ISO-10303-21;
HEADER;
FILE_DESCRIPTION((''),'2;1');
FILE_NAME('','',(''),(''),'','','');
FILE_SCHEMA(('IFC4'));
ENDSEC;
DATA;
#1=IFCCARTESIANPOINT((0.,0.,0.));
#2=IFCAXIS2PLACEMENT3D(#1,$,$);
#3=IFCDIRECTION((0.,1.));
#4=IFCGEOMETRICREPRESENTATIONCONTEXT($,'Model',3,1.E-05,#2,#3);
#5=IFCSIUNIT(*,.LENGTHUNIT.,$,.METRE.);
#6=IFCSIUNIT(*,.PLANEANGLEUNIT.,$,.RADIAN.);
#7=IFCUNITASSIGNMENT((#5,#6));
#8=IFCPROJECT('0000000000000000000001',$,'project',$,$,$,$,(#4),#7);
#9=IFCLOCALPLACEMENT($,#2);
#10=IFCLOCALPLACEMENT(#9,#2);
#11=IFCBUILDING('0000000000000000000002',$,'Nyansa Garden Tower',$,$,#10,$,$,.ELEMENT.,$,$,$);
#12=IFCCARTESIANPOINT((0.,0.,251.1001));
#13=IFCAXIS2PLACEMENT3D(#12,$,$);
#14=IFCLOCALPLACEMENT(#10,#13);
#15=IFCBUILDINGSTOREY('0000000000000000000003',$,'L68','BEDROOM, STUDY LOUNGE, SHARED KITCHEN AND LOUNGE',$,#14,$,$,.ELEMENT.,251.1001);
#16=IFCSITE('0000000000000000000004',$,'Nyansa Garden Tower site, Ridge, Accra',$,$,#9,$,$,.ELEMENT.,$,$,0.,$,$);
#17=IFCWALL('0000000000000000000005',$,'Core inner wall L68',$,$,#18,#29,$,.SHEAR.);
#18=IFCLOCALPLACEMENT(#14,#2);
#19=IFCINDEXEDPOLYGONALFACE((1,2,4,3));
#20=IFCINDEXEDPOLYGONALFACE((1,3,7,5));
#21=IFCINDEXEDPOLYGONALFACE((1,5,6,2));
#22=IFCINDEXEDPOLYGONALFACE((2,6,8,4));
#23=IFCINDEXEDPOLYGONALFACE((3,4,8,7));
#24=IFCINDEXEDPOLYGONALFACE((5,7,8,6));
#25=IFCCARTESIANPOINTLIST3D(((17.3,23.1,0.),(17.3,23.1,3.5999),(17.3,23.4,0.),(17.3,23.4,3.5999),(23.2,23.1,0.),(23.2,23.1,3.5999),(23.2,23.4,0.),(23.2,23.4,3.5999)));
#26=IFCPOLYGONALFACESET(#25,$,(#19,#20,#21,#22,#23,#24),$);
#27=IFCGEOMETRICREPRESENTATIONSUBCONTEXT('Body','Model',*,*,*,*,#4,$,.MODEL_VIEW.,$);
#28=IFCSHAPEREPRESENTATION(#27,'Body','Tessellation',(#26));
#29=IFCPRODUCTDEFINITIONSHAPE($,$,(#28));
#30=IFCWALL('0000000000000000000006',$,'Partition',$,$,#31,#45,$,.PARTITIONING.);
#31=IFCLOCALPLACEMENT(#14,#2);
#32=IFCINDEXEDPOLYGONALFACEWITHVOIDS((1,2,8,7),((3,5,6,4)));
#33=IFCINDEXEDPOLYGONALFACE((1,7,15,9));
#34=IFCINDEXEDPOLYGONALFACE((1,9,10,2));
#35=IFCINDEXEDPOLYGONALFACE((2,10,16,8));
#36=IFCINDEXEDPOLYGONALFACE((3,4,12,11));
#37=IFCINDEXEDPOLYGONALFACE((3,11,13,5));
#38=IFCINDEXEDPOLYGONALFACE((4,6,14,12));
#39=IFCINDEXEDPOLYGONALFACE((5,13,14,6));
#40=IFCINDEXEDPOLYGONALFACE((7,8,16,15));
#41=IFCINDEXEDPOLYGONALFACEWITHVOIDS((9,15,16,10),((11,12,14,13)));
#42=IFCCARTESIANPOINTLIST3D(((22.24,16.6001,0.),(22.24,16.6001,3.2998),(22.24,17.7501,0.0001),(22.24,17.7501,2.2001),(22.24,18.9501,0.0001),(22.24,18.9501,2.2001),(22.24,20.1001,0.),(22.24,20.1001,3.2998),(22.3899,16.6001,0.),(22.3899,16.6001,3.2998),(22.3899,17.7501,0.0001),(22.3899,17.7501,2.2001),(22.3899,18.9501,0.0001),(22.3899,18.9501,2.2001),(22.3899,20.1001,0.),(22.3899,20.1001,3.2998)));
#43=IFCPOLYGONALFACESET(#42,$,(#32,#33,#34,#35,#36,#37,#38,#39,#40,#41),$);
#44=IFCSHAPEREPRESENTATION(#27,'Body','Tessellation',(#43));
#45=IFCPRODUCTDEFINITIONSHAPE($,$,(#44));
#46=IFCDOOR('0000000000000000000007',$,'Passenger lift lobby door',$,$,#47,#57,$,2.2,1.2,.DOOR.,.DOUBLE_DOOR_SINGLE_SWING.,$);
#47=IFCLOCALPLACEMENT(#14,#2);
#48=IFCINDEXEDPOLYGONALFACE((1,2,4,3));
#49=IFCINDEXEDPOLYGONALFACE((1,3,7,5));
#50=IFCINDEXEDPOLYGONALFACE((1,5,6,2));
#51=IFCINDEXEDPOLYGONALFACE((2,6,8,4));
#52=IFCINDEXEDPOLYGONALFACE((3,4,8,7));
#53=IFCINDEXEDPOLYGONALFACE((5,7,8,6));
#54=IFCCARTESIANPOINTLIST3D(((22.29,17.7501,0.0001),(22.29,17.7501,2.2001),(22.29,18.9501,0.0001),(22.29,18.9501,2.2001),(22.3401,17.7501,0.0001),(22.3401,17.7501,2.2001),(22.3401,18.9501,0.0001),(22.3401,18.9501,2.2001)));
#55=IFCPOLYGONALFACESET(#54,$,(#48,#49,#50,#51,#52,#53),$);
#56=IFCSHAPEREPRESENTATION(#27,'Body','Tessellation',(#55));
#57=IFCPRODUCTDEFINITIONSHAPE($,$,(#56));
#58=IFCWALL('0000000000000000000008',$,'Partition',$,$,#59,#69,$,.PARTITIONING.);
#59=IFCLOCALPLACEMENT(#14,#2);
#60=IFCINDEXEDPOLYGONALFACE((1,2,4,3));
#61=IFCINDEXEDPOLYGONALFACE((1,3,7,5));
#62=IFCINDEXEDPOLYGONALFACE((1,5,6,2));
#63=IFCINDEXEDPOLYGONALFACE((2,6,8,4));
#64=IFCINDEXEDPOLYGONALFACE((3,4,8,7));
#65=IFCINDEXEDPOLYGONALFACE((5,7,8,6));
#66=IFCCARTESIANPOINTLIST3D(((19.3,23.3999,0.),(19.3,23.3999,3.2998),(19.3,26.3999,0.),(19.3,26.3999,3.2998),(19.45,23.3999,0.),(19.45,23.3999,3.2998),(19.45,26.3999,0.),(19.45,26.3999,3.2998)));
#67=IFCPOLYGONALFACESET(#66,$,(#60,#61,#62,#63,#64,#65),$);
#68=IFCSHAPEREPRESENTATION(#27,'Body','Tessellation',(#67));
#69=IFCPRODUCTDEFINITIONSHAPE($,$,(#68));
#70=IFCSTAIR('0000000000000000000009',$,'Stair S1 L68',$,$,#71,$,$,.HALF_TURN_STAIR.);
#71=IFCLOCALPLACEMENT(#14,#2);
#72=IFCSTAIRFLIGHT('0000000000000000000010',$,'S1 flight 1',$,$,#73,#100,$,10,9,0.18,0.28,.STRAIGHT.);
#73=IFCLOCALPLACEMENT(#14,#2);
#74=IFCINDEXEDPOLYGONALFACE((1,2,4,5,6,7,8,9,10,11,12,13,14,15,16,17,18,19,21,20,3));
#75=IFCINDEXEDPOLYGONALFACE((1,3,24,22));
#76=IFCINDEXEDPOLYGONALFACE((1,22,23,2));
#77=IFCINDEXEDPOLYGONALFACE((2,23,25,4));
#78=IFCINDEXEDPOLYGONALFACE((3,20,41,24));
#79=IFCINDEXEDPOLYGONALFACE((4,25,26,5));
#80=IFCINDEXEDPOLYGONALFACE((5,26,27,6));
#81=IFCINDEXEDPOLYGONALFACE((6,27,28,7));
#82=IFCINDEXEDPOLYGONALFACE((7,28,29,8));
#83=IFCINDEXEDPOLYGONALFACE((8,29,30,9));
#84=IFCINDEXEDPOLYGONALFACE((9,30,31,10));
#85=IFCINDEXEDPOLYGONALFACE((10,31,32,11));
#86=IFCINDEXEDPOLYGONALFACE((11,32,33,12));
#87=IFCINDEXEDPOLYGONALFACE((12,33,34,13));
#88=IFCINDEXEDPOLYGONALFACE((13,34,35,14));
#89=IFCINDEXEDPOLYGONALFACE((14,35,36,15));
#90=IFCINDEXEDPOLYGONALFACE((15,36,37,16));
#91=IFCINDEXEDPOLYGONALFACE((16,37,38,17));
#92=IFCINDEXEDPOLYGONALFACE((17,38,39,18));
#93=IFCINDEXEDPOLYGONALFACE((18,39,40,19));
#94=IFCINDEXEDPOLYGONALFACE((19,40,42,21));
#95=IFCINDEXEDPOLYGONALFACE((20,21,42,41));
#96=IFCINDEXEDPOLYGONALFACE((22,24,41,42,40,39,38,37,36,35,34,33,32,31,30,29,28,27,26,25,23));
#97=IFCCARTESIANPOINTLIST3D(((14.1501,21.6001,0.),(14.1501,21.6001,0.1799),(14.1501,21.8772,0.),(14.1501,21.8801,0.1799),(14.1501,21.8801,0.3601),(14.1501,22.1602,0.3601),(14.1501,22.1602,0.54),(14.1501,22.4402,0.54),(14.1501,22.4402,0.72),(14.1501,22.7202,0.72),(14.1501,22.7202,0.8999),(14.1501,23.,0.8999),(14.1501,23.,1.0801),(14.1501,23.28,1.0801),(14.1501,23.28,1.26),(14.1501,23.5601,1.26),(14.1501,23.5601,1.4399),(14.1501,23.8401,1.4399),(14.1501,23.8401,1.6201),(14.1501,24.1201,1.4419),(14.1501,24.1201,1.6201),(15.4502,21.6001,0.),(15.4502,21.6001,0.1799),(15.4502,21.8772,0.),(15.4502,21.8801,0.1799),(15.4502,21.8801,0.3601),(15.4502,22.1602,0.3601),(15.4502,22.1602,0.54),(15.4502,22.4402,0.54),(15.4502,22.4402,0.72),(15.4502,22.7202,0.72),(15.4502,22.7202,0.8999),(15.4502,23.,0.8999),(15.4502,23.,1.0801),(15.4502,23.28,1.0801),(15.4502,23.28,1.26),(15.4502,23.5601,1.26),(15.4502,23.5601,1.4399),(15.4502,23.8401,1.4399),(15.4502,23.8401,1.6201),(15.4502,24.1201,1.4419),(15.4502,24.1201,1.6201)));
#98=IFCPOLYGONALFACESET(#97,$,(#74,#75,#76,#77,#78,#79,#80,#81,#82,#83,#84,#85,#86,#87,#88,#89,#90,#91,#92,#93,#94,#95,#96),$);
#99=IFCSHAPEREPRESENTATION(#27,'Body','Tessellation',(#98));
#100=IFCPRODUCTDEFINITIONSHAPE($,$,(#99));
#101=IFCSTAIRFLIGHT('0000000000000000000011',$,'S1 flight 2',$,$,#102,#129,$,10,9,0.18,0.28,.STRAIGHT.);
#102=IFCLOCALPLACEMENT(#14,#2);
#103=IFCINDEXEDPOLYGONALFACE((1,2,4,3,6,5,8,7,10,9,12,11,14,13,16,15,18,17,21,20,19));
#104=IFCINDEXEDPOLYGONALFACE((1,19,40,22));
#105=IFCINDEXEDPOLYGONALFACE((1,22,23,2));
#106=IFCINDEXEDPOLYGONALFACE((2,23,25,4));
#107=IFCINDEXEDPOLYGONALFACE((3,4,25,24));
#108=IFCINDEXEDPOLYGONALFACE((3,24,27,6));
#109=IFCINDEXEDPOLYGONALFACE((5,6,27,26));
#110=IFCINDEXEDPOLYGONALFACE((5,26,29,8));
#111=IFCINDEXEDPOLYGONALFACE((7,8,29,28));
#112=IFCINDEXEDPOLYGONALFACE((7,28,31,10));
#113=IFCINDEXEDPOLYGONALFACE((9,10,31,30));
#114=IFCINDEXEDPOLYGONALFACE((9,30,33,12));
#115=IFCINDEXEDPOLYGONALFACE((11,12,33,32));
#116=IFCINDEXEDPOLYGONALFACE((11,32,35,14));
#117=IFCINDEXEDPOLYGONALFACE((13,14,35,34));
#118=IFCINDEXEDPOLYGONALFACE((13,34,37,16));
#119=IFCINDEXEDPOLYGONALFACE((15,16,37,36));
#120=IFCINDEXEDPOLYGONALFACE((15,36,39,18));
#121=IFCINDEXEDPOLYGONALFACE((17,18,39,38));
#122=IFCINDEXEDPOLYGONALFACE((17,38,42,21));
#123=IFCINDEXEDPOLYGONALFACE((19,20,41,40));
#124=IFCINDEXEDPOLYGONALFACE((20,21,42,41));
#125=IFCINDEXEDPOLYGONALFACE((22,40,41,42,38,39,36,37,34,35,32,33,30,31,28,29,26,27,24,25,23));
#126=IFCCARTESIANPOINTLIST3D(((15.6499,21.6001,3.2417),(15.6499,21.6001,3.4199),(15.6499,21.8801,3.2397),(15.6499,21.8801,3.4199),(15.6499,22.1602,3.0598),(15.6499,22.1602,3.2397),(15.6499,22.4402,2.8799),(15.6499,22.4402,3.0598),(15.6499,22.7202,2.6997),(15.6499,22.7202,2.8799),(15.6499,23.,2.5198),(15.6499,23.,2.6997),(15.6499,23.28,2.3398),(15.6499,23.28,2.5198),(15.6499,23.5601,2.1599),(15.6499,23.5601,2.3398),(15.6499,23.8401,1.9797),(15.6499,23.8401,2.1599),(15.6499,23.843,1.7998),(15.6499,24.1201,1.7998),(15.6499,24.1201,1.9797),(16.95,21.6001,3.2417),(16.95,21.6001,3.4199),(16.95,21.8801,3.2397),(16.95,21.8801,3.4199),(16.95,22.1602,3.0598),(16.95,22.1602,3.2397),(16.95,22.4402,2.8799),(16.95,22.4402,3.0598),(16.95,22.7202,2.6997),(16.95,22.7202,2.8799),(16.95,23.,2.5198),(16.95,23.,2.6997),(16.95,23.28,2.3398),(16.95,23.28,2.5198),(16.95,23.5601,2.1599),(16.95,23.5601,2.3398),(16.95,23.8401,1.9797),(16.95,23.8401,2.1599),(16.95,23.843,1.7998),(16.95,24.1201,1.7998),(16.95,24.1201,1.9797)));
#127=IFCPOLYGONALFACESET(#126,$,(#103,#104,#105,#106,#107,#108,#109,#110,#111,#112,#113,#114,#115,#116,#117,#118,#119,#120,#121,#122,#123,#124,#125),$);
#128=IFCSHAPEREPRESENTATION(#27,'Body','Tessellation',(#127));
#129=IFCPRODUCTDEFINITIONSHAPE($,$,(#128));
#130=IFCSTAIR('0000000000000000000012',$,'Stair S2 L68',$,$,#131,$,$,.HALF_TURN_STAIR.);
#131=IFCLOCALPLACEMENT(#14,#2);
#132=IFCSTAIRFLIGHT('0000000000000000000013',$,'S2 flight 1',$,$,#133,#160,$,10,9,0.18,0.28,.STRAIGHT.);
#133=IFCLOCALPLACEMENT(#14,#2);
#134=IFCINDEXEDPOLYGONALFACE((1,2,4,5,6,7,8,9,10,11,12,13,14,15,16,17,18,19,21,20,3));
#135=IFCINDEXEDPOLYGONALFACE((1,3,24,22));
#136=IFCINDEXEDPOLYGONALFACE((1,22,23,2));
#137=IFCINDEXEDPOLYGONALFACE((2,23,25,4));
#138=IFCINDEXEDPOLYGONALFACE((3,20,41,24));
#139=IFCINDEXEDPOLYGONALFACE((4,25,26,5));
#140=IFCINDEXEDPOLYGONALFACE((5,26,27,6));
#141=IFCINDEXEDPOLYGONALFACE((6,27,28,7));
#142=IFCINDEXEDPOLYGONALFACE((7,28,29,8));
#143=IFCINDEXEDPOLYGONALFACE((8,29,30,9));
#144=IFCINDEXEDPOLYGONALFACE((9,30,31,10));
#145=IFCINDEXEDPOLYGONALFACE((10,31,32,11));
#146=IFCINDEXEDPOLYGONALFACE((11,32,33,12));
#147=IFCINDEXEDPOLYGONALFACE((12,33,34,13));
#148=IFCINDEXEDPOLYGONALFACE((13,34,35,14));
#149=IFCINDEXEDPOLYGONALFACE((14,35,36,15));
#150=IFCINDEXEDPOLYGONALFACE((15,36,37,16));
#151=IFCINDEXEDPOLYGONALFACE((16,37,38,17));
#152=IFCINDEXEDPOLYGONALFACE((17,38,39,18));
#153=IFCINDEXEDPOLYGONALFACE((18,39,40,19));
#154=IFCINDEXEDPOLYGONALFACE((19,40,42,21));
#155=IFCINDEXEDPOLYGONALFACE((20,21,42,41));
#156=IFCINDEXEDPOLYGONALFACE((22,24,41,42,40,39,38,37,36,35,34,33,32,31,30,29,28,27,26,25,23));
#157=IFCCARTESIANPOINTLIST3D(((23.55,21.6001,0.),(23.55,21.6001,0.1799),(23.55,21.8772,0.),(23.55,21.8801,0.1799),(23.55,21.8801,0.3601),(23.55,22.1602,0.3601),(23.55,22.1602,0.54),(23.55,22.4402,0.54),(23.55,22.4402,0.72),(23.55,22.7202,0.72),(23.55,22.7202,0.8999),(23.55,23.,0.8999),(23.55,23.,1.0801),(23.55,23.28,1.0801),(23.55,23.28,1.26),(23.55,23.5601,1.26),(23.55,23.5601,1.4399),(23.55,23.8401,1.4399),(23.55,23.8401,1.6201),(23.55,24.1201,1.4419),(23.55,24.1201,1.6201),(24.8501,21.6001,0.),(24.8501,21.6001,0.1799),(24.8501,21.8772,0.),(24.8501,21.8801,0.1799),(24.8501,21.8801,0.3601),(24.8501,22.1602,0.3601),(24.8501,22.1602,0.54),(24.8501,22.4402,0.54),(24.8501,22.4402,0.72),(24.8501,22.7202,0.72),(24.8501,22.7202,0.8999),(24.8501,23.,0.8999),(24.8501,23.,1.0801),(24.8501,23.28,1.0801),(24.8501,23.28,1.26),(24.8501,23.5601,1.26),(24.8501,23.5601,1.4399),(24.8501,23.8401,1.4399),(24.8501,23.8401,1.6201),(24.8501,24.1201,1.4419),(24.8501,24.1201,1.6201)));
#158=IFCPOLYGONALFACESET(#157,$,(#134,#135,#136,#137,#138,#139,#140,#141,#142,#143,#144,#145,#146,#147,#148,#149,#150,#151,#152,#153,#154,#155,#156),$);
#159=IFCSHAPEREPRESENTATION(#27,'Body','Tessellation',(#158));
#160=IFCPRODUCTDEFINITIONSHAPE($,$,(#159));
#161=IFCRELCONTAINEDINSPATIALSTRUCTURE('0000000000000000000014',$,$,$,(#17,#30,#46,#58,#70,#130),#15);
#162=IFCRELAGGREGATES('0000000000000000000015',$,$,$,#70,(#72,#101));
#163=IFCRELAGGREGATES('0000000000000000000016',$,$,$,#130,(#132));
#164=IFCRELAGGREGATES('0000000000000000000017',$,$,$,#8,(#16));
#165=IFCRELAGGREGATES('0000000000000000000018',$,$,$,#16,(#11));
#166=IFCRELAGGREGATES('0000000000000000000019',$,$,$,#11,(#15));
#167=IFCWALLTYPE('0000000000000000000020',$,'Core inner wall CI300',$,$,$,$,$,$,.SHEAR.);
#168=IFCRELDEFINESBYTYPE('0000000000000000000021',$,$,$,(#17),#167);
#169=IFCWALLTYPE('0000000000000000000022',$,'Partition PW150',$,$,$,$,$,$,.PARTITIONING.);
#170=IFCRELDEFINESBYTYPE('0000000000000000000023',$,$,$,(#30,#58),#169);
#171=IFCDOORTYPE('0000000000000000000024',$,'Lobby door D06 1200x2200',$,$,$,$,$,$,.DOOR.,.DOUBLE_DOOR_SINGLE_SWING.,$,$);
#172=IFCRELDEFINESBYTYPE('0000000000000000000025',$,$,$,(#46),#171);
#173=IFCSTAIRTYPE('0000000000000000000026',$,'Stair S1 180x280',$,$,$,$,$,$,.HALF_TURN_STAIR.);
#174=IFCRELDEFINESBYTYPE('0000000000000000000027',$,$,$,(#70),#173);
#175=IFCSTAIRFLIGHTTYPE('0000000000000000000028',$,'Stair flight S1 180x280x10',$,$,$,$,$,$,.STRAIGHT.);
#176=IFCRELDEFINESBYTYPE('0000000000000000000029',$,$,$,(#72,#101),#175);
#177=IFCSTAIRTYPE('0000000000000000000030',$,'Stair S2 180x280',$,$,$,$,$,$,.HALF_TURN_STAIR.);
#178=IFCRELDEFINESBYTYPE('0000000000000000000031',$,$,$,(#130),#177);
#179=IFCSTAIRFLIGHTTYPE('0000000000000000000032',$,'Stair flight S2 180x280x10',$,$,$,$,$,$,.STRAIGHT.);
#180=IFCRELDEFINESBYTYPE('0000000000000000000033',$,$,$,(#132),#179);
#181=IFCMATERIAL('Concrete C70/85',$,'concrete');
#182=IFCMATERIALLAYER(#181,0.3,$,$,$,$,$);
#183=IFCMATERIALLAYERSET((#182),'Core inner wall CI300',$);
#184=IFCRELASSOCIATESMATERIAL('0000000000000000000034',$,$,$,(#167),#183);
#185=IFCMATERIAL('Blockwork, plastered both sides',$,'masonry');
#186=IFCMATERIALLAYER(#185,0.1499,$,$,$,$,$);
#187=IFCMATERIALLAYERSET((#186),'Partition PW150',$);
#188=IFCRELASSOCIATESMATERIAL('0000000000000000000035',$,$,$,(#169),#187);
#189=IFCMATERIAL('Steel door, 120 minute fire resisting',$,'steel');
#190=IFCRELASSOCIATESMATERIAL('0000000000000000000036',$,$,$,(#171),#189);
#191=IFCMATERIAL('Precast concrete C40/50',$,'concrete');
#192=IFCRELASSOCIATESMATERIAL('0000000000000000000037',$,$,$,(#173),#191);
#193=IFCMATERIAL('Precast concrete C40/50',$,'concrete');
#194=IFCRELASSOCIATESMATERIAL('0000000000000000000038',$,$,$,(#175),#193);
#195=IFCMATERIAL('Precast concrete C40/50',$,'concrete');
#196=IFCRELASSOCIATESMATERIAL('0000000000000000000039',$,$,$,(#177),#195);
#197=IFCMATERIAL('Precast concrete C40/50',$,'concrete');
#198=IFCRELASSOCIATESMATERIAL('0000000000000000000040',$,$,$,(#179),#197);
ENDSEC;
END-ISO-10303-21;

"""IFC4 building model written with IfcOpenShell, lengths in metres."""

from ifc_helpers import new_model, si_unit, direction, frame, frame_2d, origin, place, context, subcontext, project, spatial, polyline, rectangle, outline, extrude, material, layer, layer_set, type_object, element, fill, aggregate, save


model = new_model("IFC4")

# Units and contexts
model_context = context("Model", 3, precision=1e-05, world=origin(), true_north=direction((0.0, 1.0)))
body_context = subcontext(model_context, "Body", "Model", "MODEL_VIEW")
ifc_project = project(units=[si_unit("LENGTHUNIT", "METRE"), si_unit("PLANEANGLEUNIT", "RADIAN")], contexts=[model_context])

# Site, building, storey
site_placement = place(None, origin())
site = spatial("IfcSite", under=ifc_project, at=site_placement, Name="Nyansa Garden Tower site, Ridge, Accra", CompositionType="ELEMENT", RefElevation=0.0)
building_placement = place(site_placement, origin())
building = spatial("IfcBuilding", under=site, at=building_placement, Name="Nyansa Garden Tower", CompositionType="ELEMENT")
storey_placement = place(building_placement, frame((0.0, 0.0, 251.1001)))
storey = spatial("IfcBuildingStorey", under=building, at=storey_placement, Name="L68", Description="BEDROOM, STUDY LOUNGE, SHARED KITCHEN AND LOUNGE", CompositionType="ELEMENT", Elevation=251.1001)

# Wall
ifc_material_1 = material(Name="Concrete C70/85", Category="concrete")
ifc_layer_1 = layer(ifc_material_1, 0.3)
ifc_layer_set_1 = layer_set([ifc_layer_1], Name="Core inner wall CI300")
wall_type_1 = type_object("IfcWallType", Name="Core inner wall CI300", PredefinedType="SHEAR", material=ifc_layer_set_1)
wall_1_placement = place(storey_placement, frame((17.3, 23.25, 0.0), z_axis=(0.0, 0.0, 1.0), x_axis=(1.0, 0.0, 0.0)))
element("IfcWall", 1, at=wall_1_placement, inside=storey, type_object=wall_type_1, Name="Core inner wall L68", PredefinedType="SHEAR", context=body_context, shape_type="SweptSolid", body=[
    extrude(rectangle(XDim=5.8999, YDim=0.3, at=frame_2d((2.95, 0.0))), origin(), (0.0, 0.0, 1.0), 3.5999),
])

# Wall, opening, door
ifc_material_2 = material(Name="Blockwork, plastered both sides", Category="masonry")
ifc_layer_2 = layer(ifc_material_2, 0.1499)
ifc_layer_set_2 = layer_set([ifc_layer_2], Name="Partition PW150")
wall_type_2 = type_object("IfcWallType", Name="Partition PW150", PredefinedType="PARTITIONING", material=ifc_layer_set_2)
wall_2_placement = place(storey_placement, frame((22.3149, 16.6001, 0.0), z_axis=(0.0, 0.0, 1.0), x_axis=(0.0, 1.0, 0.0)))
wall_2 = element("IfcWall", 2, at=wall_2_placement, inside=storey, type_object=wall_type_2, Name="Partition", PredefinedType="PARTITIONING", context=body_context, shape_type="SweptSolid", body=[
    extrude(rectangle(XDim=3.5, YDim=0.1499, at=frame_2d((1.75, 0.0))), origin(), (0.0, 0.0, 1.0), 3.2998),
])
opening_1_placement = place(wall_2_placement, frame((1.1499, 0.0, 0.0)))
opening_1 = element("IfcOpeningElement", 3, at=opening_1_placement, cuts=wall_2, PredefinedType="OPENING", context=body_context, shape_type="SweptSolid", body=[
    extrude(rectangle(XDim=1.2, YDim=2.2, at=frame_2d((0.6001, 1.1001))), frame((0.0, 0.085, 0.0), z_axis=(0.0, -1.0, 0.0), x_axis=(1.0, 0.0, 0.0)), (0.0, 0.0, 1.0), 0.1699),
])
ifc_material_3 = material(Name="Steel door, 120 minute fire resisting", Category="steel")
door_type_1 = type_object("IfcDoorType", Name="Lobby door D06 1200x2200", OperationType="DOUBLE_DOOR_SINGLE_SWING", PredefinedType="DOOR", material=ifc_material_3)
door_1_placement = place(opening_1_placement, origin())
door_1 = element("IfcDoor", 4, at=door_1_placement, inside=storey, type_object=door_type_1, Name="Passenger lift lobby door", OperationType="DOUBLE_DOOR_SINGLE_SWING", OverallHeight=2.2, OverallWidth=1.2, PredefinedType="DOOR", context=body_context, shape_type="SweptSolid", body=[
    extrude(rectangle(XDim=1.2, YDim=2.2, at=frame_2d((0.6001, 1.1001))), frame((0.0, 0.0249, 0.0), z_axis=(0.0, -1.0, 0.0), x_axis=(1.0, 0.0, 0.0)), (0.0, 0.0, 1.0), 0.05),
])
fill(opening_1, door_1)

# Wall
wall_3_placement = place(storey_placement, frame((19.375, 23.3999, 0.0), z_axis=(0.0, 0.0, 1.0), x_axis=(0.0, 1.0, 0.0)))
element("IfcWall", 5, at=wall_3_placement, inside=storey, type_object=wall_type_2, Name="Partition", PredefinedType="PARTITIONING", context=body_context, shape_type="SweptSolid", body=[
    extrude(rectangle(XDim=3.0, YDim=0.1499, at=frame_2d((1.5, 0.0))), origin(), (0.0, 0.0, 1.0), 3.2998),
])

# Stairs, stair flights
ifc_material_4 = material(Name="Precast concrete C40/50", Category="concrete")
stair_type_1 = type_object("IfcStairType", Name="Stair S1 180x280", PredefinedType="HALF_TURN_STAIR", material=ifc_material_4)
stair_1_placement = place(storey_placement, origin())
stair_1 = element("IfcStair", 6, at=stair_1_placement, inside=storey, type_object=stair_type_1, Name="Stair S1 L68", PredefinedType="HALF_TURN_STAIR")
ifc_material_5 = material(Name="Precast concrete C40/50", Category="concrete")
stair_flight_type_1 = type_object("IfcStairFlightType", Name="Stair flight S1 180x280x10", PredefinedType="STRAIGHT", material=ifc_material_5)
stair_flight_1_placement = place(storey_placement, frame((14.8, 21.6001, 0.0), z_axis=(0.0, 0.0, 1.0), x_axis=(0.0, 1.0, 0.0)))
stair_flight_1 = element("IfcStairFlight", 7, at=stair_flight_1_placement, type_object=stair_flight_type_1, Name="S1 flight 1", NumberOfRisers=10, NumberOfTreads=9, PredefinedType="STRAIGHT", RiserHeight=0.18, TreadLength=0.28, context=body_context, shape_type="SweptSolid", body=[
    extrude(outline(polyline([(0.0, 0.0), (0.0, 0.1799), (0.28, 0.1799), (0.28, 0.3601), (0.5601, 0.3601), (0.5601, 0.54), (0.8401, 0.54), (0.8401, 0.72), (1.1201, 0.72), (1.1201, 0.8999), (1.3999, 0.8999), (1.3999, 1.0801), (1.6799, 1.0801), (1.6799, 1.26), (1.96, 1.26), (1.96, 1.4399), (2.24, 1.4399), (2.24, 1.6201), (2.52, 1.6201), (2.52, 1.8), (2.52, 1.4419), (0.2771, 0.0), (0.0, 0.0)])), frame((0.0, 0.6499, 0.0), z_axis=(0.0, -1.0, 0.0), x_axis=(1.0, 0.0, 0.0)), (0.0, 0.0, 1.0), 1.3),
])
stair_flight_2_placement = place(storey_placement, frame((16.3, 24.1201, 1.7998), z_axis=(0.0, 0.0, 1.0), x_axis=(0.0, -1.0, 0.0)))
stair_flight_2 = element("IfcStairFlight", 8, at=stair_flight_2_placement, type_object=stair_flight_type_1, Name="S1 flight 2", NumberOfRisers=10, NumberOfTreads=9, PredefinedType="STRAIGHT", RiserHeight=0.18, TreadLength=0.28, context=body_context, shape_type="SweptSolid", body=[
    extrude(outline(polyline([(0.0, 0.0), (0.0, 0.1799), (0.28, 0.1799), (0.28, 0.3601), (0.5601, 0.3601), (0.5601, 0.54), (0.8401, 0.54), (0.8401, 0.72), (1.1201, 0.72), (1.1201, 0.8999), (1.3999, 0.8999), (1.3999, 1.0801), (1.6799, 1.0801), (1.6799, 1.26), (1.96, 1.26), (1.96, 1.4399), (2.24, 1.4399), (2.24, 1.6201), (2.52, 1.6201), (2.52, 1.8), (2.52, 1.4419), (0.2771, 0.0), (0.0, 0.0)])), frame((0.0, 0.6499, 0.0), z_axis=(0.0, -1.0, 0.0), x_axis=(1.0, 0.0, 0.0)), (0.0, 0.0, 1.0), 1.3),
])
aggregate(stair_1, [stair_flight_1, stair_flight_2])
ifc_material_6 = material(Name="Precast concrete C40/50", Category="concrete")
stair_type_2 = type_object("IfcStairType", Name="Stair S2 180x280", PredefinedType="HALF_TURN_STAIR", material=ifc_material_6)
stair_2_placement = place(storey_placement, origin())
stair_2 = element("IfcStair", 9, at=stair_2_placement, inside=storey, type_object=stair_type_2, Name="Stair S2 L68", PredefinedType="HALF_TURN_STAIR")
ifc_material_7 = material(Name="Precast concrete C40/50", Category="concrete")
stair_flight_type_2 = type_object("IfcStairFlightType", Name="Stair flight S2 180x280x10", PredefinedType="STRAIGHT", material=ifc_material_7)
stair_flight_3_placement = place(storey_placement, frame((24.2, 21.6001, 0.0), z_axis=(0.0, 0.0, 1.0), x_axis=(0.0, 1.0, 0.0)))
stair_flight_3 = element("IfcStairFlight", 10, at=stair_flight_3_placement, type_object=stair_flight_type_2, Name="S2 flight 1", NumberOfRisers=10, NumberOfTreads=9, PredefinedType="STRAIGHT", RiserHeight=0.18, TreadLength=0.28, context=body_context, shape_type="SweptSolid", body=[
    extrude(outline(polyline([(0.0, 0.0), (0.0, 0.1799), (0.28, 0.1799), (0.28, 0.3601), (0.5601, 0.3601), (0.5601, 0.54), (0.8401, 0.54), (0.8401, 0.72), (1.1201, 0.72), (1.1201, 0.8999), (1.3999, 0.8999), (1.3999, 1.0801), (1.6799, 1.0801), (1.6799, 1.26), (1.96, 1.26), (1.96, 1.4399), (2.24, 1.4399), (2.24, 1.6201), (2.52, 1.6201), (2.52, 1.8), (2.52, 1.4419), (0.2771, 0.0), (0.0, 0.0)])), frame((0.0, 0.6499, 0.0), z_axis=(0.0, -1.0, 0.0), x_axis=(1.0, 0.0, 0.0)), (0.0, 0.0, 1.0), 1.3),
])
aggregate(stair_2, [stair_flight_3])

save(model, "model.ifc")
